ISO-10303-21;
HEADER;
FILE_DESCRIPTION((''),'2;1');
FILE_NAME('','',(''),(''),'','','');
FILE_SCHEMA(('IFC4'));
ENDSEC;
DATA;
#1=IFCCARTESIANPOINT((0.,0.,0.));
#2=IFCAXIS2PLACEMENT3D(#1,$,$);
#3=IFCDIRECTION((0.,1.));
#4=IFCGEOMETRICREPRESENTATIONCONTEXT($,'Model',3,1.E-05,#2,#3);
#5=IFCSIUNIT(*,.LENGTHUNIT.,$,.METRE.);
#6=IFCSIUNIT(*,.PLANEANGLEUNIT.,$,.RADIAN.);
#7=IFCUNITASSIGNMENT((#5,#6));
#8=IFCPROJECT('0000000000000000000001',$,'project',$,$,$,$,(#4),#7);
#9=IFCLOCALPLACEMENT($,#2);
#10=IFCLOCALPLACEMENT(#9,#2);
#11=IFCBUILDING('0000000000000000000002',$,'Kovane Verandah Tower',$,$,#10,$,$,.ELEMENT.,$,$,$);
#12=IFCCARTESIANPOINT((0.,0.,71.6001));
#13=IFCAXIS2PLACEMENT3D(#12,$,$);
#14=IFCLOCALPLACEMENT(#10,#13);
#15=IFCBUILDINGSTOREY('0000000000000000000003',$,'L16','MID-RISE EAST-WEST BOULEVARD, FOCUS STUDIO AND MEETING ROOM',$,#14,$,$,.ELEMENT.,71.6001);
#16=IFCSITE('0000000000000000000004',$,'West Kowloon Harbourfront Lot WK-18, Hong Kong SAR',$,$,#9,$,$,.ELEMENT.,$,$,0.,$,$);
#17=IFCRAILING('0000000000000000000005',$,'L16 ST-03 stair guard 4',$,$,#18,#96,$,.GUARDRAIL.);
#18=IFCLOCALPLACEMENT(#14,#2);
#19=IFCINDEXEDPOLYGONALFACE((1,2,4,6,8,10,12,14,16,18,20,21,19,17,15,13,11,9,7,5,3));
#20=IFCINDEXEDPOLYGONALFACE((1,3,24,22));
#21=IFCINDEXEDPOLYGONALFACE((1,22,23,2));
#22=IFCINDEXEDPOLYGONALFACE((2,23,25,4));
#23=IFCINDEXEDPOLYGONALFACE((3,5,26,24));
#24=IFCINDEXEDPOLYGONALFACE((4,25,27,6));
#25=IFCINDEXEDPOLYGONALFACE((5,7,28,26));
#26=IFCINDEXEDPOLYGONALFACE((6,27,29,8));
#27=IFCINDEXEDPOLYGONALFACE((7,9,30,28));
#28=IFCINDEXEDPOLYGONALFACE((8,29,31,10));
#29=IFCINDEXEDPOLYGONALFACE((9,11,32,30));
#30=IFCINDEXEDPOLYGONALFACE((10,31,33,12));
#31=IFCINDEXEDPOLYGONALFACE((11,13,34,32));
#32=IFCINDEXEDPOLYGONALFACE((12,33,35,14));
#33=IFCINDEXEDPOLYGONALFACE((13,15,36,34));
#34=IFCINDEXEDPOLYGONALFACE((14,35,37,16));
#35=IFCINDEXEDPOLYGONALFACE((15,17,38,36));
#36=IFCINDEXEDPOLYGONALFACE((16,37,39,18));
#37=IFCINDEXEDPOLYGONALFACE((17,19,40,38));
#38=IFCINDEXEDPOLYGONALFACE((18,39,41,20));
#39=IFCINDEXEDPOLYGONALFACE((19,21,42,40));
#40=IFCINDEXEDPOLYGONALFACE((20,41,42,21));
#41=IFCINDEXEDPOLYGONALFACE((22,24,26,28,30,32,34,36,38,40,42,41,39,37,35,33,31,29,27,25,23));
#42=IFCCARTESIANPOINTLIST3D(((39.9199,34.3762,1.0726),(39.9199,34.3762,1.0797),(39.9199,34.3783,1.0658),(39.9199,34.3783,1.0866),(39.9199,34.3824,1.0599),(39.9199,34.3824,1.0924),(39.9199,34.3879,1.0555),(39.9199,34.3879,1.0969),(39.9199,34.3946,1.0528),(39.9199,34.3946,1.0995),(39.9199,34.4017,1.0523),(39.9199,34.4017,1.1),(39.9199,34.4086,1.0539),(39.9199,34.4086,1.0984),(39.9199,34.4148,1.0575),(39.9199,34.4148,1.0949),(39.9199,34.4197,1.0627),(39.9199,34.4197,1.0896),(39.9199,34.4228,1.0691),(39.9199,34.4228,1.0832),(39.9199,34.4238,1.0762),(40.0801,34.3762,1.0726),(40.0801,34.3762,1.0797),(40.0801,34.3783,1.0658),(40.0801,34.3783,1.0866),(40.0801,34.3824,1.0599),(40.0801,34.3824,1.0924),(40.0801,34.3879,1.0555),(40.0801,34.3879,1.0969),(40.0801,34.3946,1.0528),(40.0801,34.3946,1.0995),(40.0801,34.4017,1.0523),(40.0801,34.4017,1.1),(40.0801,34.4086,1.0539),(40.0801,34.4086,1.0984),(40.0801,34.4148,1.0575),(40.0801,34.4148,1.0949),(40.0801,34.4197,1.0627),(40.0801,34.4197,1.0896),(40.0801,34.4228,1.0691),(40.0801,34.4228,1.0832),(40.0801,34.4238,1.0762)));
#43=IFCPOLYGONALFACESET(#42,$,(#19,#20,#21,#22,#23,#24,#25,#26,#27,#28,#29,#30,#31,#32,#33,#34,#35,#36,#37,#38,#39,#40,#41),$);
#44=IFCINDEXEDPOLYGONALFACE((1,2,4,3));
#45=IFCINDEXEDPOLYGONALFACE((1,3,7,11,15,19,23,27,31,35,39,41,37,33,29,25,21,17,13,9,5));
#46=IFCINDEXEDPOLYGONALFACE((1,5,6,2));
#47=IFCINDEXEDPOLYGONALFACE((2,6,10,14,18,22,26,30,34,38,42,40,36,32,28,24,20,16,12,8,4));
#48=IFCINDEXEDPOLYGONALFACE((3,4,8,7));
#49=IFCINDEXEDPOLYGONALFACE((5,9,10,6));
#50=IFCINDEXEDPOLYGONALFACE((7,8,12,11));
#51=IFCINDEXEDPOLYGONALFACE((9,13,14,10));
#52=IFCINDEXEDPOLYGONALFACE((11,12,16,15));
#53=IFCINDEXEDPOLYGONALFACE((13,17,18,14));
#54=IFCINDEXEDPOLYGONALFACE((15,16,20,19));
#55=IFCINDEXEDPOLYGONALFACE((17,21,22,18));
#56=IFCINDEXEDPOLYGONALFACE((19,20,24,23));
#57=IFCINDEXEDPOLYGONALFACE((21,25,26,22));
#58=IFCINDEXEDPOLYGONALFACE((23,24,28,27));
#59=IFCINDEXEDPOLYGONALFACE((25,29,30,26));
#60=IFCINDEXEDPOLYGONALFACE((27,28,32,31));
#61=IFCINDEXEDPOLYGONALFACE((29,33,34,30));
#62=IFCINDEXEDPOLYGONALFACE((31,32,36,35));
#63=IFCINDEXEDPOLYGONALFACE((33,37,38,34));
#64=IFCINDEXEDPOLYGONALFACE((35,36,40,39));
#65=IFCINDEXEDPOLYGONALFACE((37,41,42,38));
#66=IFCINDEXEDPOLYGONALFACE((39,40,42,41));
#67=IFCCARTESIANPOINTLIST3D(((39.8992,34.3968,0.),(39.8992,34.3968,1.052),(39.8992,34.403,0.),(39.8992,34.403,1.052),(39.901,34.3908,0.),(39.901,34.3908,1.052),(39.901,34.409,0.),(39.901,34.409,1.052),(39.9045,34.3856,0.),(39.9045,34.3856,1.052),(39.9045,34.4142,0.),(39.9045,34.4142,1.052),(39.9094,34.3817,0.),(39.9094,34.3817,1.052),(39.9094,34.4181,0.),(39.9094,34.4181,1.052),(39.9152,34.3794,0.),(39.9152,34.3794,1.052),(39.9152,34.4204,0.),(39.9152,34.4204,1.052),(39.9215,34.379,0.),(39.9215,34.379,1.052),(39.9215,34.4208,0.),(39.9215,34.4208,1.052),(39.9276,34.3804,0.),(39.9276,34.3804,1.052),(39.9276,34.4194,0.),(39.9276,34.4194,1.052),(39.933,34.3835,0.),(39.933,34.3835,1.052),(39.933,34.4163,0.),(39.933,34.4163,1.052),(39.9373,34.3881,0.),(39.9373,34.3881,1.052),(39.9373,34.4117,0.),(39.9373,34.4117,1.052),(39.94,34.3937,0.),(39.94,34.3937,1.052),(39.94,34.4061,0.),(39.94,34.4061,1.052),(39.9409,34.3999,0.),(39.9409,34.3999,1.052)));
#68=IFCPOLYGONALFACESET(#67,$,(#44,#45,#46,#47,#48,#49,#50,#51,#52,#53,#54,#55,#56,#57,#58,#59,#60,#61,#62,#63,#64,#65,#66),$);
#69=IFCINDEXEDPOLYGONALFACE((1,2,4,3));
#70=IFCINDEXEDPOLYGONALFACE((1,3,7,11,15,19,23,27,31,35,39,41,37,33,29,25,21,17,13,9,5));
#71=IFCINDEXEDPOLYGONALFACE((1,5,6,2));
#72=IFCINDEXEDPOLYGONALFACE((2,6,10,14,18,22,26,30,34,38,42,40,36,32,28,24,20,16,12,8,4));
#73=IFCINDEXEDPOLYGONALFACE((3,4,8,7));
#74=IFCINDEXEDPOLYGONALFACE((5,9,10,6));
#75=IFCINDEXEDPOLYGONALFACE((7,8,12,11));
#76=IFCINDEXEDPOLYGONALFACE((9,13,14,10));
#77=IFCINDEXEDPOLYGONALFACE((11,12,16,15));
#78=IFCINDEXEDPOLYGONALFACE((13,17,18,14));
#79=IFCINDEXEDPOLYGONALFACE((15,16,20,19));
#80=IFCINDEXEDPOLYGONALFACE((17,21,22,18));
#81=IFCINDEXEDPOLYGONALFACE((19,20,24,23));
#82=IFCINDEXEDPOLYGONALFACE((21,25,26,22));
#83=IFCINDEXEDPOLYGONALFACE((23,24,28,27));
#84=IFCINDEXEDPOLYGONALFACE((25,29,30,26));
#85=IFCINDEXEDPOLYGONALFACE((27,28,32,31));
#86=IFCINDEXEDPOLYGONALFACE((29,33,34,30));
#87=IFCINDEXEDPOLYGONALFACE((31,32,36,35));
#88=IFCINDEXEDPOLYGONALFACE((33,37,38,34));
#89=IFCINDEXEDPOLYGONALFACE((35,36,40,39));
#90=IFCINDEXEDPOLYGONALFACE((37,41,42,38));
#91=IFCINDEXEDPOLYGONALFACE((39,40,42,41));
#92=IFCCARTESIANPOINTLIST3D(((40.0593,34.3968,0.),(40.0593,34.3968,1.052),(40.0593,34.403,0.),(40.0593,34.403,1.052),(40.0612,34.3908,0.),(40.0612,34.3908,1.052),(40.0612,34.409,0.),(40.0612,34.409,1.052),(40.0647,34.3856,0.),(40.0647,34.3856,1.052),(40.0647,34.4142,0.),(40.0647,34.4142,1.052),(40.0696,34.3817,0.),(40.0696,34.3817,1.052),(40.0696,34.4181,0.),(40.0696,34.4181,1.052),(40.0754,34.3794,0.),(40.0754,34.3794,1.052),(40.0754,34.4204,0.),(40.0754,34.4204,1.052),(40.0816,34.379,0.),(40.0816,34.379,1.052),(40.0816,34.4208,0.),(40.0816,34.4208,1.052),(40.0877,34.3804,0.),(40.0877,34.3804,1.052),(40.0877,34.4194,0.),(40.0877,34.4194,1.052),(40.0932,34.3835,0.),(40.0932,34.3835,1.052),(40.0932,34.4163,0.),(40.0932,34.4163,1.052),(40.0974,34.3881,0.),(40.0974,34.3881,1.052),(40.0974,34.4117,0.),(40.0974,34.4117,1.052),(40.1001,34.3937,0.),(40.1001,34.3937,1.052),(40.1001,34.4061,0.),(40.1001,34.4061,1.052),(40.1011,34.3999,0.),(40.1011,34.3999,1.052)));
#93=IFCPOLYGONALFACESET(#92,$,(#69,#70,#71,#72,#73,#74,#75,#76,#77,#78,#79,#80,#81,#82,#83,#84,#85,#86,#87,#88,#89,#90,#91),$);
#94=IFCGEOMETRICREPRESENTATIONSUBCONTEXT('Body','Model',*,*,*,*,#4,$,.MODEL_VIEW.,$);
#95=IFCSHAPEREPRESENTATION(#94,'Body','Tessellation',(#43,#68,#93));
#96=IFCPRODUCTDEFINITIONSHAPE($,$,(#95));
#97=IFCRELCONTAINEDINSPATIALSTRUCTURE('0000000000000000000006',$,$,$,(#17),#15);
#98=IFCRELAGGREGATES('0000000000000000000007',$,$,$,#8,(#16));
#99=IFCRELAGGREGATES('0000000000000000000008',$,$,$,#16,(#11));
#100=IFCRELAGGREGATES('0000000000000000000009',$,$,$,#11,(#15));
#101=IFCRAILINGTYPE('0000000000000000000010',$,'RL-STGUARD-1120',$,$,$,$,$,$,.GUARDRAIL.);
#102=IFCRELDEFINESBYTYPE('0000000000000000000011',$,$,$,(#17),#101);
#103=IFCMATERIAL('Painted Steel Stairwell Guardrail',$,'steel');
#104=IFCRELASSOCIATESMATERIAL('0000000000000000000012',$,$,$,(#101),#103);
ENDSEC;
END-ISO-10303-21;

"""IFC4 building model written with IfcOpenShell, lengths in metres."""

from ifc_helpers import new_model, si_unit, direction, frame, origin, origin_2d, place, context, subcontext, project, spatial, circle, extrude, material, type_object, element, save


model = new_model("IFC4")

# Units and contexts
model_context = context("Model", 3, precision=1e-05, world=origin(), true_north=direction((0.0, 1.0)))
body_context = subcontext(model_context, "Body", "Model", "MODEL_VIEW")
ifc_project = project(units=[si_unit("LENGTHUNIT", "METRE"), si_unit("PLANEANGLEUNIT", "RADIAN")], contexts=[model_context])

# Site, building, storey
site_placement = place(None, origin())
site = spatial("IfcSite", under=ifc_project, at=site_placement, Name="West Kowloon Harbourfront Lot WK-18, Hong Kong SAR", CompositionType="ELEMENT", RefElevation=0.0)
building_placement = place(site_placement, origin())
building = spatial("IfcBuilding", under=site, at=building_placement, Name="Kovane Verandah Tower", CompositionType="ELEMENT")
storey_placement = place(building_placement, frame((0.0, 0.0, 71.6001)))
storey = spatial("IfcBuildingStorey", under=building, at=storey_placement, Name="L16", Description="MID-RISE EAST-WEST BOULEVARD, FOCUS STUDIO AND MEETING ROOM", CompositionType="ELEMENT", Elevation=71.6001)

# Railing
ifc_material_1 = material(Name="Painted Steel Stairwell Guardrail", Category="steel")
railing_type_1 = type_object("IfcRailingType", Name="RL-STGUARD-1120", PredefinedType="GUARDRAIL", material=ifc_material_1)
railing_1_placement = place(storey_placement, frame((39.9199, 34.3999, 0.0)))
element("IfcRailing", 1, at=railing_1_placement, inside=storey, type_object=railing_type_1, Name="L16 ST-03 stair guard 4", PredefinedType="GUARDRAIL", context=body_context, shape_type="SweptSolid", body=[
    extrude(circle(Radius=0.0239, at=origin_2d()), frame((0.0, 0.0, 1.0762), z_axis=(1.0, 0.0, 0.0), x_axis=(0.0, 1.0, 0.0)), (0.0, 0.0, 1.0), 0.1602),
    extrude(circle(Radius=0.021, at=origin_2d()), origin(), (0.0, 0.0, 1.0), 1.052),
    extrude(circle(Radius=0.021, at=origin_2d()), frame((0.1602, 0.0, 0.0)), (0.0, 0.0, 1.0), 1.052),
])

save(model, "model.ifc")
